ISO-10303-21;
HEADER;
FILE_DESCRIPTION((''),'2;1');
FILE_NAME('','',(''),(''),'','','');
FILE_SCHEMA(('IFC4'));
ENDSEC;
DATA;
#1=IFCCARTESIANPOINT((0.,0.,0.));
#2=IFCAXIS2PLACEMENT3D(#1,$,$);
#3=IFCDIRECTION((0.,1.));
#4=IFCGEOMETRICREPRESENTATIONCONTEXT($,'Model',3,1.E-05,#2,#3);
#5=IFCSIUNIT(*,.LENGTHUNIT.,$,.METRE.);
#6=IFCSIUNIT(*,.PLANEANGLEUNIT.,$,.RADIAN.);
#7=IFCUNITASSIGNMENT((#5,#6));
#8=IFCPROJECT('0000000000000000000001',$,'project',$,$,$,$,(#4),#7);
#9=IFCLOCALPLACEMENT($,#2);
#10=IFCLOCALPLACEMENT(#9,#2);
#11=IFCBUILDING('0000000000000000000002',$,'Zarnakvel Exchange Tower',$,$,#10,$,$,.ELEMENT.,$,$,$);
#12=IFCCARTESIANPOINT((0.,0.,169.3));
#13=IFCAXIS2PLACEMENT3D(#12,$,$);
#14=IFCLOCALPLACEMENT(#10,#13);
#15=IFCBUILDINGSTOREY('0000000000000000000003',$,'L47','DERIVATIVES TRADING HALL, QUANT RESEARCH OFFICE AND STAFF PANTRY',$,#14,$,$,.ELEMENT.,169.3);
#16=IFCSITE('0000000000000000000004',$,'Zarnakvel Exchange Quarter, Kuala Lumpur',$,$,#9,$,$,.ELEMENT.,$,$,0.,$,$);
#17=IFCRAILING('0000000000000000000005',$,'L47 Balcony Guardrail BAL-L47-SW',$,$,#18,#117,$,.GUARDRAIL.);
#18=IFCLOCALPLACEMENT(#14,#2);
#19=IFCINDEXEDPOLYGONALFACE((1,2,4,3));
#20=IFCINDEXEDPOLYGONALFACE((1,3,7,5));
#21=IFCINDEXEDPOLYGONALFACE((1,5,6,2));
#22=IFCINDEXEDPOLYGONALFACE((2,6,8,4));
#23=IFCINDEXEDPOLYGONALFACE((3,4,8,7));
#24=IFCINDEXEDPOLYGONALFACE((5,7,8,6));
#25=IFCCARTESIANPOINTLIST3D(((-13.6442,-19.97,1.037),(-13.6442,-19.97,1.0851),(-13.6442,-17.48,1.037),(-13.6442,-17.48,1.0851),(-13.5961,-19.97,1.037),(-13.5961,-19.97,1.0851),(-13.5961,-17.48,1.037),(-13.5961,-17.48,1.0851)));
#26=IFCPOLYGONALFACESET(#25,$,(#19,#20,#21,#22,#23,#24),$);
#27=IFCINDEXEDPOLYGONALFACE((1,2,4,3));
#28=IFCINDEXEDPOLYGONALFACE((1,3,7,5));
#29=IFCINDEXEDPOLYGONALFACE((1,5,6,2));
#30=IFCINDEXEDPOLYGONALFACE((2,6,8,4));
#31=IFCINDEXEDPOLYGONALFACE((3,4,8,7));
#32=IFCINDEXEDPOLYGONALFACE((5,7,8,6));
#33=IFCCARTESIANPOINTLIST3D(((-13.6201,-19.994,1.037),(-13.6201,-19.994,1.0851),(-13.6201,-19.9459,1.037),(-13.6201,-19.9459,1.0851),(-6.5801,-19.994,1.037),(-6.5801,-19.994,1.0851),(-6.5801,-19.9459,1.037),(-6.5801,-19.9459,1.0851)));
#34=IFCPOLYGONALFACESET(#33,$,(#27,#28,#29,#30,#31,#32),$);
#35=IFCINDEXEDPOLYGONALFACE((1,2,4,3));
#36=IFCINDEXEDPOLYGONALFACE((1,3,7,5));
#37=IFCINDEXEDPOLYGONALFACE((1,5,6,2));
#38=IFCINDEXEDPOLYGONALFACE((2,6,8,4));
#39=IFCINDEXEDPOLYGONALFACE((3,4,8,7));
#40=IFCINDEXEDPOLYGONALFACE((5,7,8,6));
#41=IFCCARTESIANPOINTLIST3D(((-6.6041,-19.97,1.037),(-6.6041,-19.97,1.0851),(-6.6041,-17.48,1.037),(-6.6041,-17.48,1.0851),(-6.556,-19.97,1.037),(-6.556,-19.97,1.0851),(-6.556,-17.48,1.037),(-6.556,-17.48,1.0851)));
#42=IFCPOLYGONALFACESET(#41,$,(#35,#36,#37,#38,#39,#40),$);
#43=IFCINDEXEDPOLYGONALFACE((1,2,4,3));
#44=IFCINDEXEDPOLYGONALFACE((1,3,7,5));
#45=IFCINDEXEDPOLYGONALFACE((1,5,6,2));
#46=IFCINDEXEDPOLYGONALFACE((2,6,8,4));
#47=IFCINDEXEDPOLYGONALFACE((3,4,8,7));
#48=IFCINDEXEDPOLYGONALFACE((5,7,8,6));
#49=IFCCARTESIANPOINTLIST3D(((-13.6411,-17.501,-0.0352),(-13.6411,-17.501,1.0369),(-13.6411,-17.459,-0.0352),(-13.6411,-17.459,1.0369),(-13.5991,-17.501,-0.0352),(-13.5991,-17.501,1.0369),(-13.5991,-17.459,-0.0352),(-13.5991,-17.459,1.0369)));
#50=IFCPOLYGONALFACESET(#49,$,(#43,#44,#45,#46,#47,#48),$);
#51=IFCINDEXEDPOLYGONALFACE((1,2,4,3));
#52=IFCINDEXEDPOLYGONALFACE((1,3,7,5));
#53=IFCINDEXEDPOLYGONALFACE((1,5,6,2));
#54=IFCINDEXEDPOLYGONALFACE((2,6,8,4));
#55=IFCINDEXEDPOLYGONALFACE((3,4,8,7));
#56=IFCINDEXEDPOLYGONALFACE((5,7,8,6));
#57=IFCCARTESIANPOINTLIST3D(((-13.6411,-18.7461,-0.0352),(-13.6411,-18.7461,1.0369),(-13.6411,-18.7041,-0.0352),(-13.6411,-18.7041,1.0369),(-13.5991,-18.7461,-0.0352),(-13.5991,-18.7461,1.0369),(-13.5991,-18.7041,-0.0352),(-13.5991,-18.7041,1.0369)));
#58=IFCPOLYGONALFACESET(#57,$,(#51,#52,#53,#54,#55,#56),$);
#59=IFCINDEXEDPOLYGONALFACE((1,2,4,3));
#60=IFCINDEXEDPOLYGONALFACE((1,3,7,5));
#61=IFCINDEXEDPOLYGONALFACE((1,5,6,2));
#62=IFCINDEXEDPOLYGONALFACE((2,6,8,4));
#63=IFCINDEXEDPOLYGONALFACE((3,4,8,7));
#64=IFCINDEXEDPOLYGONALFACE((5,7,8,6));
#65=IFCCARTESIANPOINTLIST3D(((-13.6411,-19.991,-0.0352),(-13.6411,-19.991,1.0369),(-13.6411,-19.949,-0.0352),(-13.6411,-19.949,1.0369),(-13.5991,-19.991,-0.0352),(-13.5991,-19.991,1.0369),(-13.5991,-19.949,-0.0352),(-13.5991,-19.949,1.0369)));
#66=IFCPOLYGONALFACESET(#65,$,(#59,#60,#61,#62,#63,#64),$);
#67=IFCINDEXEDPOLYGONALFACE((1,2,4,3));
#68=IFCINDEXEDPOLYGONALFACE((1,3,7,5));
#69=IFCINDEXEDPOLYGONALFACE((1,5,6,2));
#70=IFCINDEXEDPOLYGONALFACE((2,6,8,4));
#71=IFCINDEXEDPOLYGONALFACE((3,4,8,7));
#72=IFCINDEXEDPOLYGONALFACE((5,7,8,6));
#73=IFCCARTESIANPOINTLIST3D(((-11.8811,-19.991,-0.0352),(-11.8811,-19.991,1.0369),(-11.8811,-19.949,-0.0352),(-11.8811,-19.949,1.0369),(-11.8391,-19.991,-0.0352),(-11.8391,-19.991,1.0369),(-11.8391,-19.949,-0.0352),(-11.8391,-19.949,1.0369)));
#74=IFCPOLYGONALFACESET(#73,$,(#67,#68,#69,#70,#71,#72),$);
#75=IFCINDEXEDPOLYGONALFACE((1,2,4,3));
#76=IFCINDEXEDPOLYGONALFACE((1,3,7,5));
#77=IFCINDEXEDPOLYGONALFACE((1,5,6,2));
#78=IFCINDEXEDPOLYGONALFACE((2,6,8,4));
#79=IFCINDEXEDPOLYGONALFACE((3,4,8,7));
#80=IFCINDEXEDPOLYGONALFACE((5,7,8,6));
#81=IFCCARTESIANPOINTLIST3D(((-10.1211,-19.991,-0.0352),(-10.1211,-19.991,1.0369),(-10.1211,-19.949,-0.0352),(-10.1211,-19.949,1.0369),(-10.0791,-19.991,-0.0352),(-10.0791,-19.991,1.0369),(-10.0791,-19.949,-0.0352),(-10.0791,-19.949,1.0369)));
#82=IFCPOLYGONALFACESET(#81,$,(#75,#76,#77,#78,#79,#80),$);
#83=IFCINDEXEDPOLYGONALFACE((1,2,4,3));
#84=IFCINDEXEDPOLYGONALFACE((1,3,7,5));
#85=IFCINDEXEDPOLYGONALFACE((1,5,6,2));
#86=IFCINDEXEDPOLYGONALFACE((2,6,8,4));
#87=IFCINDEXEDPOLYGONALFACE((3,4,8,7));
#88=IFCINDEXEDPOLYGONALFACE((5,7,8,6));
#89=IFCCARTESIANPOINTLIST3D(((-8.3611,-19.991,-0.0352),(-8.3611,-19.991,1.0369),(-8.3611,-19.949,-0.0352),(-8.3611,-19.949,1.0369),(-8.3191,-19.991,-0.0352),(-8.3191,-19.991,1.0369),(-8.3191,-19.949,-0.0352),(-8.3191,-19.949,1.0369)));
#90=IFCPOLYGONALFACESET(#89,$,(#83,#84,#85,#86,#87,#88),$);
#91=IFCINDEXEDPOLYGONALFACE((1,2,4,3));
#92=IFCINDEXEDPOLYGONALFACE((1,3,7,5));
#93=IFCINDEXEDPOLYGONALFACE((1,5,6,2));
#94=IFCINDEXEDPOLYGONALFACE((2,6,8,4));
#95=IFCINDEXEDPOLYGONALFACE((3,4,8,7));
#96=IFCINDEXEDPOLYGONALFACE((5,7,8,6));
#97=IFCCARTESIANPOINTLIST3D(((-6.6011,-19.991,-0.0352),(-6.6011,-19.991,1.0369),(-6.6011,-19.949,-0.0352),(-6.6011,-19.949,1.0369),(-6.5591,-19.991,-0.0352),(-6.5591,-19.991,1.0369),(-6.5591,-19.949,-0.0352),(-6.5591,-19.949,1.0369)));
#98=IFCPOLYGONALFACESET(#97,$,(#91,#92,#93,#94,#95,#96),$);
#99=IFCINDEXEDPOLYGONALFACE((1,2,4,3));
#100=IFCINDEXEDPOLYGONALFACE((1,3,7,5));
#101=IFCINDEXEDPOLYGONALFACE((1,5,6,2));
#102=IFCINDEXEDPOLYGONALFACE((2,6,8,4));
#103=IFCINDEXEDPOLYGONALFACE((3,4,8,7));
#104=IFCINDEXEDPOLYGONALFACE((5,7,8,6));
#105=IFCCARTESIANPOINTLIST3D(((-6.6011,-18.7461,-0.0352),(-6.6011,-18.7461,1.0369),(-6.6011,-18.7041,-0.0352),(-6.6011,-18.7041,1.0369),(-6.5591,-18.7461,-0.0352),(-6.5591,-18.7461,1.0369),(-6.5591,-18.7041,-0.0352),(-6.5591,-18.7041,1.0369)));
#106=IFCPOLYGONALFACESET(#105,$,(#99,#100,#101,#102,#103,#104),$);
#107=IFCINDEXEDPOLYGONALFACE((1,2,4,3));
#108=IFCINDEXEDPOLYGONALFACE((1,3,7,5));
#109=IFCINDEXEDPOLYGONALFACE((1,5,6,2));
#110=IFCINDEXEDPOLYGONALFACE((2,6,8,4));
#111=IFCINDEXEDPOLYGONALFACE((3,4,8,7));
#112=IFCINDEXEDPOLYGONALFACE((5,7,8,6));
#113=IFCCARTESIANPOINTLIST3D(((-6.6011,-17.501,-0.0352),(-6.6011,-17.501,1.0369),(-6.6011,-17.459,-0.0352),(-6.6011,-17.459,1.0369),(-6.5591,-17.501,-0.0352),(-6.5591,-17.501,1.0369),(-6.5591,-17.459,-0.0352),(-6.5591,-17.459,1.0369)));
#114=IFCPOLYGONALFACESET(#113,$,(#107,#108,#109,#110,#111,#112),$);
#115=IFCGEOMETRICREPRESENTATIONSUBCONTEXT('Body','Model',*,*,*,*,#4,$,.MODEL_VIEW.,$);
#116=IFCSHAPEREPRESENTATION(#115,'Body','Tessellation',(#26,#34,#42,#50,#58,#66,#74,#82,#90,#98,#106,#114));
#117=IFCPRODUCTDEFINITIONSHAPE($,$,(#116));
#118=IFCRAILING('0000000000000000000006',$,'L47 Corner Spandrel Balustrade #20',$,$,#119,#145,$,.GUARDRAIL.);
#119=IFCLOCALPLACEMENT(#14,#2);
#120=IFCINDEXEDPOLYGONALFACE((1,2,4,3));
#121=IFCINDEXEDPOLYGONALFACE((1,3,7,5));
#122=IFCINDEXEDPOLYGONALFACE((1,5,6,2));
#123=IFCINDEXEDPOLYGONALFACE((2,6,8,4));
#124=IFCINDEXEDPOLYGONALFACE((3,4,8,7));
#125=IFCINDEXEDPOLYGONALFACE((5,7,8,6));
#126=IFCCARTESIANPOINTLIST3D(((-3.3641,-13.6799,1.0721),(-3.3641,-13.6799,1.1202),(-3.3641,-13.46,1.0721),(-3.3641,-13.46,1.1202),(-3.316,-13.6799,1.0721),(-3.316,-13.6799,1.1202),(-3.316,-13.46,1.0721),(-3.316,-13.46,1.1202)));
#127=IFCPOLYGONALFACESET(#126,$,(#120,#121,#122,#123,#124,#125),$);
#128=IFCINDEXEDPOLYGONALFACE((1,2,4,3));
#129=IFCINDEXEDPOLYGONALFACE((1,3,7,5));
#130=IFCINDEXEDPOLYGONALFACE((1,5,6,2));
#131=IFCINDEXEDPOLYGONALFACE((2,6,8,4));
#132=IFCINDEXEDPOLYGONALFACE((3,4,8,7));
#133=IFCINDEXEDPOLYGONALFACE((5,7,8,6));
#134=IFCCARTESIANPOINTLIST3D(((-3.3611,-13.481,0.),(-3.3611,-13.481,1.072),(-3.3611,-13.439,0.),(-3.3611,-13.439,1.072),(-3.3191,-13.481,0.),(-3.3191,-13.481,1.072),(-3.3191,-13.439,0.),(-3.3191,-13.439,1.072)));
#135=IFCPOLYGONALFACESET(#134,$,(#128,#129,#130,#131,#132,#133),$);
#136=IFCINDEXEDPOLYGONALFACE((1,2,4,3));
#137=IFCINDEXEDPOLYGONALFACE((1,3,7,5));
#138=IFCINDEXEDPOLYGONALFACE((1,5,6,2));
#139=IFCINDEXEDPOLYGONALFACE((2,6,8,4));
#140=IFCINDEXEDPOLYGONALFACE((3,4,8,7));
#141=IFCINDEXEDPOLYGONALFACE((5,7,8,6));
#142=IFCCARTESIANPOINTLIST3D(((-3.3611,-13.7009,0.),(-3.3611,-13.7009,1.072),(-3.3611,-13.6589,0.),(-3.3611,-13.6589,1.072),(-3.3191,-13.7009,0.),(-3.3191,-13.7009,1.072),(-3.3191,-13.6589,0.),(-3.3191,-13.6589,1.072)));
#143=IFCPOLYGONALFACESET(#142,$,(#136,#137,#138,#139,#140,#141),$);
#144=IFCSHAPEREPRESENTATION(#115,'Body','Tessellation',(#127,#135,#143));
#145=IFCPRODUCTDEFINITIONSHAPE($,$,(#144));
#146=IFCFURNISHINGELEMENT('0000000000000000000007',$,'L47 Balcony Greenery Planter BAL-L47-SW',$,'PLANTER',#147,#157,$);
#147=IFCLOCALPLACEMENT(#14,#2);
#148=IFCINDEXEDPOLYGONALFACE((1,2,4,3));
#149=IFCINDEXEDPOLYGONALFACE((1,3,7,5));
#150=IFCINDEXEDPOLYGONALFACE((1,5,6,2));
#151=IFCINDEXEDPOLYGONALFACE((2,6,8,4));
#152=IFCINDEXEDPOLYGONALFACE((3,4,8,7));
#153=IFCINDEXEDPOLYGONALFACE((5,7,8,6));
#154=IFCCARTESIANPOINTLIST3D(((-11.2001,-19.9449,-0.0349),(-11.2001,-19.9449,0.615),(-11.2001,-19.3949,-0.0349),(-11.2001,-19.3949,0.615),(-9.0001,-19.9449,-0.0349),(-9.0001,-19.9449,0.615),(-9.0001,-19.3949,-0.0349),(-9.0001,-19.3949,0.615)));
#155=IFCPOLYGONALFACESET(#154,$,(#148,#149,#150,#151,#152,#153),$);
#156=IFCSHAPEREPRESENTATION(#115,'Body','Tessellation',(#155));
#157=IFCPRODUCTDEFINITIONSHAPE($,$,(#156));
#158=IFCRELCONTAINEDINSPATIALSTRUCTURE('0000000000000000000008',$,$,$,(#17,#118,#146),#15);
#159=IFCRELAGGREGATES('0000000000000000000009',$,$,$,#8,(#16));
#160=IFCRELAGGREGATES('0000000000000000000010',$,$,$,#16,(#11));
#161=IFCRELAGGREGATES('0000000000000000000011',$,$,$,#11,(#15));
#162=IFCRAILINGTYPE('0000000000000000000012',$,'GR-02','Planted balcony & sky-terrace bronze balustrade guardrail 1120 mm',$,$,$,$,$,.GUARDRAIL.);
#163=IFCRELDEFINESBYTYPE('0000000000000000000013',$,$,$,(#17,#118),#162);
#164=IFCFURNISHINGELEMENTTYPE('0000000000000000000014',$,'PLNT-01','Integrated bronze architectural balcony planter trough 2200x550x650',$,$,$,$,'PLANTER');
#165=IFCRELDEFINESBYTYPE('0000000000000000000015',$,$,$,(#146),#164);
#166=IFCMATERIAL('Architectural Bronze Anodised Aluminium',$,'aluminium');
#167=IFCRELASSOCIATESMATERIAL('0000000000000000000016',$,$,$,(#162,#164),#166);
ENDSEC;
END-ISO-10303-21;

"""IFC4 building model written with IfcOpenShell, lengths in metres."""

from ifc_helpers import new_model, si_unit, direction, frame, origin, origin_2d, place, context, subcontext, project, spatial, rectangle, extrude, source, transform, mapped, material, type_object, element, save


model = new_model("IFC4")

# Units and contexts
model_context = context("Model", 3, precision=1e-05, world=origin(), true_north=direction((0.0, 1.0)))
body_context = subcontext(model_context, "Body", "Model", "MODEL_VIEW")
ifc_project = project(units=[si_unit("LENGTHUNIT", "METRE"), si_unit("PLANEANGLEUNIT", "RADIAN")], contexts=[model_context])

# Site, building, storey
site_placement = place(None, origin())
site = spatial("IfcSite", under=ifc_project, at=site_placement, Name="Zarnakvel Exchange Quarter, Kuala Lumpur", CompositionType="ELEMENT", RefElevation=0.0)
building_placement = place(site_placement, origin())
building = spatial("IfcBuilding", under=site, at=building_placement, Name="Zarnakvel Exchange Tower", CompositionType="ELEMENT")
storey_placement = place(building_placement, frame((0.0, 0.0, 169.3)))
storey = spatial("IfcBuildingStorey", under=building, at=storey_placement, Name="L47", Description="DERIVATIVES TRADING HALL, QUANT RESEARCH OFFICE AND STAFF PANTRY", CompositionType="ELEMENT", Elevation=169.3)

# Shared definitions
ifc_material_1 = material(Name="Architectural Bronze Anodised Aluminium", Category="aluminium")

# Railings
railing_type = type_object("IfcRailingType", Name="GR-02", Description="Planted balcony & sky-terrace bronze balustrade guardrail 1120 mm", PredefinedType="GUARDRAIL", material=ifc_material_1)
railing_1_placement = place(storey_placement, frame((-13.6201, -17.48, -0.0352)))
element("IfcRailing", 1, at=railing_1_placement, inside=storey, type_object=railing_type, Name="L47 Balcony Guardrail BAL-L47-SW", PredefinedType="GUARDRAIL", context=body_context, shape_type="SweptSolid", body=[
    extrude(rectangle(XDim=0.0481, YDim=0.0481, at=origin_2d()), frame((0.0, 0.0, 1.0962), z_axis=(0.0, -1.0, 0.0), x_axis=(1.0, 0.0, 0.0)), (0.0, 0.0, 1.0), 2.49),
    extrude(rectangle(XDim=0.0481, YDim=0.0481, at=origin_2d()), frame((0.0, -2.49, 1.0962), z_axis=(1.0, 0.0, 0.0), x_axis=(0.0, 1.0, 0.0)), (0.0, 0.0, 1.0), 7.04),
    extrude(rectangle(XDim=0.0481, YDim=0.0481, at=origin_2d()), frame((7.04, -2.49, 1.0962), z_axis=(0.0, 1.0, 0.0), x_axis=(-1.0, 0.0, 0.0)), (0.0, 0.0, 1.0), 2.49),
    extrude(rectangle(XDim=0.042, YDim=0.042, at=origin_2d()), origin(), (0.0, 0.0, 1.0), 1.072),
    extrude(rectangle(XDim=0.042, YDim=0.042, at=origin_2d()), frame((0.0, -1.2451, 0.0)), (0.0, 0.0, 1.0), 1.072),
    extrude(rectangle(XDim=0.042, YDim=0.042, at=origin_2d()), frame((0.0, -2.49, 0.0)), (0.0, 0.0, 1.0), 1.072),
    extrude(rectangle(XDim=0.042, YDim=0.042, at=origin_2d()), frame((1.76, -2.49, 0.0)), (0.0, 0.0, 1.0), 1.072),
    extrude(rectangle(XDim=0.042, YDim=0.042, at=origin_2d()), frame((3.52, -2.49, 0.0)), (0.0, 0.0, 1.0), 1.072),
    extrude(rectangle(XDim=0.042, YDim=0.042, at=origin_2d()), frame((5.28, -2.49, 0.0)), (0.0, 0.0, 1.0), 1.072),
    extrude(rectangle(XDim=0.042, YDim=0.042, at=origin_2d()), frame((7.04, -2.49, 0.0)), (0.0, 0.0, 1.0), 1.072),
    extrude(rectangle(XDim=0.042, YDim=0.042, at=origin_2d()), frame((7.04, -1.2451, 0.0)), (0.0, 0.0, 1.0), 1.072),
    extrude(rectangle(XDim=0.042, YDim=0.042, at=origin_2d()), frame((7.04, 0.0, 0.0)), (0.0, 0.0, 1.0), 1.072),
])
railing_2_placement = place(storey_placement, frame((-3.3401, -13.46, 0.0)))
element("IfcRailing", 2, at=railing_2_placement, inside=storey, type_object=railing_type, Name="L47 Corner Spandrel Balustrade #20", PredefinedType="GUARDRAIL", context=body_context, shape_type="SweptSolid", body=[
    extrude(rectangle(XDim=0.0481, YDim=0.0481, at=origin_2d()), frame((0.0, 0.0, 1.0962), z_axis=(0.0, -1.0, 0.0), x_axis=(1.0, 0.0, 0.0)), (0.0, 0.0, 1.0), 0.22),
    extrude(rectangle(XDim=0.042, YDim=0.042, at=origin_2d()), origin(), (0.0, 0.0, 1.0), 1.072),
    extrude(rectangle(XDim=0.042, YDim=0.042, at=origin_2d()), frame((0.0, -0.22, 0.0)), (0.0, 0.0, 1.0), 1.072),
])

# Furnishing element
furnishing_element_type = type_object("IfcFurnishingElementType", Name="PLNT-01", Description="Integrated bronze architectural balcony planter trough 2200x550x650", ElementType="PLANTER", material=ifc_material_1)
shared_shape_1 = source(origin(), body_context, "Body", "SweptSolid", [
    extrude(rectangle(XDim=2.2, YDim=0.55, at=origin_2d()), origin(), (0.0, 0.0, 1.0), 0.6499),
])
furnishing_placement = place(storey_placement, frame((-10.1001, -19.6699, -0.0349), z_axis=(0.0, 0.0, 1.0), x_axis=(1.0, 0.0, 0.0)))
element("IfcFurnishingElement", 3, at=furnishing_placement, inside=storey, type_object=furnishing_element_type, Name="L47 Balcony Greenery Planter BAL-L47-SW", ObjectType="PLANTER", context=body_context, shape_type="MappedRepresentation", body=[
    mapped(shared_shape_1, transform((0.0, 0.0, 0.0), x_axis=(1.0, 0.0, 0.0), y_axis=(0.0, 1.0, 0.0), z_axis=(0.0, 0.0, 1.0), scale=1.0)),
])

save(model, "model.ifc")
